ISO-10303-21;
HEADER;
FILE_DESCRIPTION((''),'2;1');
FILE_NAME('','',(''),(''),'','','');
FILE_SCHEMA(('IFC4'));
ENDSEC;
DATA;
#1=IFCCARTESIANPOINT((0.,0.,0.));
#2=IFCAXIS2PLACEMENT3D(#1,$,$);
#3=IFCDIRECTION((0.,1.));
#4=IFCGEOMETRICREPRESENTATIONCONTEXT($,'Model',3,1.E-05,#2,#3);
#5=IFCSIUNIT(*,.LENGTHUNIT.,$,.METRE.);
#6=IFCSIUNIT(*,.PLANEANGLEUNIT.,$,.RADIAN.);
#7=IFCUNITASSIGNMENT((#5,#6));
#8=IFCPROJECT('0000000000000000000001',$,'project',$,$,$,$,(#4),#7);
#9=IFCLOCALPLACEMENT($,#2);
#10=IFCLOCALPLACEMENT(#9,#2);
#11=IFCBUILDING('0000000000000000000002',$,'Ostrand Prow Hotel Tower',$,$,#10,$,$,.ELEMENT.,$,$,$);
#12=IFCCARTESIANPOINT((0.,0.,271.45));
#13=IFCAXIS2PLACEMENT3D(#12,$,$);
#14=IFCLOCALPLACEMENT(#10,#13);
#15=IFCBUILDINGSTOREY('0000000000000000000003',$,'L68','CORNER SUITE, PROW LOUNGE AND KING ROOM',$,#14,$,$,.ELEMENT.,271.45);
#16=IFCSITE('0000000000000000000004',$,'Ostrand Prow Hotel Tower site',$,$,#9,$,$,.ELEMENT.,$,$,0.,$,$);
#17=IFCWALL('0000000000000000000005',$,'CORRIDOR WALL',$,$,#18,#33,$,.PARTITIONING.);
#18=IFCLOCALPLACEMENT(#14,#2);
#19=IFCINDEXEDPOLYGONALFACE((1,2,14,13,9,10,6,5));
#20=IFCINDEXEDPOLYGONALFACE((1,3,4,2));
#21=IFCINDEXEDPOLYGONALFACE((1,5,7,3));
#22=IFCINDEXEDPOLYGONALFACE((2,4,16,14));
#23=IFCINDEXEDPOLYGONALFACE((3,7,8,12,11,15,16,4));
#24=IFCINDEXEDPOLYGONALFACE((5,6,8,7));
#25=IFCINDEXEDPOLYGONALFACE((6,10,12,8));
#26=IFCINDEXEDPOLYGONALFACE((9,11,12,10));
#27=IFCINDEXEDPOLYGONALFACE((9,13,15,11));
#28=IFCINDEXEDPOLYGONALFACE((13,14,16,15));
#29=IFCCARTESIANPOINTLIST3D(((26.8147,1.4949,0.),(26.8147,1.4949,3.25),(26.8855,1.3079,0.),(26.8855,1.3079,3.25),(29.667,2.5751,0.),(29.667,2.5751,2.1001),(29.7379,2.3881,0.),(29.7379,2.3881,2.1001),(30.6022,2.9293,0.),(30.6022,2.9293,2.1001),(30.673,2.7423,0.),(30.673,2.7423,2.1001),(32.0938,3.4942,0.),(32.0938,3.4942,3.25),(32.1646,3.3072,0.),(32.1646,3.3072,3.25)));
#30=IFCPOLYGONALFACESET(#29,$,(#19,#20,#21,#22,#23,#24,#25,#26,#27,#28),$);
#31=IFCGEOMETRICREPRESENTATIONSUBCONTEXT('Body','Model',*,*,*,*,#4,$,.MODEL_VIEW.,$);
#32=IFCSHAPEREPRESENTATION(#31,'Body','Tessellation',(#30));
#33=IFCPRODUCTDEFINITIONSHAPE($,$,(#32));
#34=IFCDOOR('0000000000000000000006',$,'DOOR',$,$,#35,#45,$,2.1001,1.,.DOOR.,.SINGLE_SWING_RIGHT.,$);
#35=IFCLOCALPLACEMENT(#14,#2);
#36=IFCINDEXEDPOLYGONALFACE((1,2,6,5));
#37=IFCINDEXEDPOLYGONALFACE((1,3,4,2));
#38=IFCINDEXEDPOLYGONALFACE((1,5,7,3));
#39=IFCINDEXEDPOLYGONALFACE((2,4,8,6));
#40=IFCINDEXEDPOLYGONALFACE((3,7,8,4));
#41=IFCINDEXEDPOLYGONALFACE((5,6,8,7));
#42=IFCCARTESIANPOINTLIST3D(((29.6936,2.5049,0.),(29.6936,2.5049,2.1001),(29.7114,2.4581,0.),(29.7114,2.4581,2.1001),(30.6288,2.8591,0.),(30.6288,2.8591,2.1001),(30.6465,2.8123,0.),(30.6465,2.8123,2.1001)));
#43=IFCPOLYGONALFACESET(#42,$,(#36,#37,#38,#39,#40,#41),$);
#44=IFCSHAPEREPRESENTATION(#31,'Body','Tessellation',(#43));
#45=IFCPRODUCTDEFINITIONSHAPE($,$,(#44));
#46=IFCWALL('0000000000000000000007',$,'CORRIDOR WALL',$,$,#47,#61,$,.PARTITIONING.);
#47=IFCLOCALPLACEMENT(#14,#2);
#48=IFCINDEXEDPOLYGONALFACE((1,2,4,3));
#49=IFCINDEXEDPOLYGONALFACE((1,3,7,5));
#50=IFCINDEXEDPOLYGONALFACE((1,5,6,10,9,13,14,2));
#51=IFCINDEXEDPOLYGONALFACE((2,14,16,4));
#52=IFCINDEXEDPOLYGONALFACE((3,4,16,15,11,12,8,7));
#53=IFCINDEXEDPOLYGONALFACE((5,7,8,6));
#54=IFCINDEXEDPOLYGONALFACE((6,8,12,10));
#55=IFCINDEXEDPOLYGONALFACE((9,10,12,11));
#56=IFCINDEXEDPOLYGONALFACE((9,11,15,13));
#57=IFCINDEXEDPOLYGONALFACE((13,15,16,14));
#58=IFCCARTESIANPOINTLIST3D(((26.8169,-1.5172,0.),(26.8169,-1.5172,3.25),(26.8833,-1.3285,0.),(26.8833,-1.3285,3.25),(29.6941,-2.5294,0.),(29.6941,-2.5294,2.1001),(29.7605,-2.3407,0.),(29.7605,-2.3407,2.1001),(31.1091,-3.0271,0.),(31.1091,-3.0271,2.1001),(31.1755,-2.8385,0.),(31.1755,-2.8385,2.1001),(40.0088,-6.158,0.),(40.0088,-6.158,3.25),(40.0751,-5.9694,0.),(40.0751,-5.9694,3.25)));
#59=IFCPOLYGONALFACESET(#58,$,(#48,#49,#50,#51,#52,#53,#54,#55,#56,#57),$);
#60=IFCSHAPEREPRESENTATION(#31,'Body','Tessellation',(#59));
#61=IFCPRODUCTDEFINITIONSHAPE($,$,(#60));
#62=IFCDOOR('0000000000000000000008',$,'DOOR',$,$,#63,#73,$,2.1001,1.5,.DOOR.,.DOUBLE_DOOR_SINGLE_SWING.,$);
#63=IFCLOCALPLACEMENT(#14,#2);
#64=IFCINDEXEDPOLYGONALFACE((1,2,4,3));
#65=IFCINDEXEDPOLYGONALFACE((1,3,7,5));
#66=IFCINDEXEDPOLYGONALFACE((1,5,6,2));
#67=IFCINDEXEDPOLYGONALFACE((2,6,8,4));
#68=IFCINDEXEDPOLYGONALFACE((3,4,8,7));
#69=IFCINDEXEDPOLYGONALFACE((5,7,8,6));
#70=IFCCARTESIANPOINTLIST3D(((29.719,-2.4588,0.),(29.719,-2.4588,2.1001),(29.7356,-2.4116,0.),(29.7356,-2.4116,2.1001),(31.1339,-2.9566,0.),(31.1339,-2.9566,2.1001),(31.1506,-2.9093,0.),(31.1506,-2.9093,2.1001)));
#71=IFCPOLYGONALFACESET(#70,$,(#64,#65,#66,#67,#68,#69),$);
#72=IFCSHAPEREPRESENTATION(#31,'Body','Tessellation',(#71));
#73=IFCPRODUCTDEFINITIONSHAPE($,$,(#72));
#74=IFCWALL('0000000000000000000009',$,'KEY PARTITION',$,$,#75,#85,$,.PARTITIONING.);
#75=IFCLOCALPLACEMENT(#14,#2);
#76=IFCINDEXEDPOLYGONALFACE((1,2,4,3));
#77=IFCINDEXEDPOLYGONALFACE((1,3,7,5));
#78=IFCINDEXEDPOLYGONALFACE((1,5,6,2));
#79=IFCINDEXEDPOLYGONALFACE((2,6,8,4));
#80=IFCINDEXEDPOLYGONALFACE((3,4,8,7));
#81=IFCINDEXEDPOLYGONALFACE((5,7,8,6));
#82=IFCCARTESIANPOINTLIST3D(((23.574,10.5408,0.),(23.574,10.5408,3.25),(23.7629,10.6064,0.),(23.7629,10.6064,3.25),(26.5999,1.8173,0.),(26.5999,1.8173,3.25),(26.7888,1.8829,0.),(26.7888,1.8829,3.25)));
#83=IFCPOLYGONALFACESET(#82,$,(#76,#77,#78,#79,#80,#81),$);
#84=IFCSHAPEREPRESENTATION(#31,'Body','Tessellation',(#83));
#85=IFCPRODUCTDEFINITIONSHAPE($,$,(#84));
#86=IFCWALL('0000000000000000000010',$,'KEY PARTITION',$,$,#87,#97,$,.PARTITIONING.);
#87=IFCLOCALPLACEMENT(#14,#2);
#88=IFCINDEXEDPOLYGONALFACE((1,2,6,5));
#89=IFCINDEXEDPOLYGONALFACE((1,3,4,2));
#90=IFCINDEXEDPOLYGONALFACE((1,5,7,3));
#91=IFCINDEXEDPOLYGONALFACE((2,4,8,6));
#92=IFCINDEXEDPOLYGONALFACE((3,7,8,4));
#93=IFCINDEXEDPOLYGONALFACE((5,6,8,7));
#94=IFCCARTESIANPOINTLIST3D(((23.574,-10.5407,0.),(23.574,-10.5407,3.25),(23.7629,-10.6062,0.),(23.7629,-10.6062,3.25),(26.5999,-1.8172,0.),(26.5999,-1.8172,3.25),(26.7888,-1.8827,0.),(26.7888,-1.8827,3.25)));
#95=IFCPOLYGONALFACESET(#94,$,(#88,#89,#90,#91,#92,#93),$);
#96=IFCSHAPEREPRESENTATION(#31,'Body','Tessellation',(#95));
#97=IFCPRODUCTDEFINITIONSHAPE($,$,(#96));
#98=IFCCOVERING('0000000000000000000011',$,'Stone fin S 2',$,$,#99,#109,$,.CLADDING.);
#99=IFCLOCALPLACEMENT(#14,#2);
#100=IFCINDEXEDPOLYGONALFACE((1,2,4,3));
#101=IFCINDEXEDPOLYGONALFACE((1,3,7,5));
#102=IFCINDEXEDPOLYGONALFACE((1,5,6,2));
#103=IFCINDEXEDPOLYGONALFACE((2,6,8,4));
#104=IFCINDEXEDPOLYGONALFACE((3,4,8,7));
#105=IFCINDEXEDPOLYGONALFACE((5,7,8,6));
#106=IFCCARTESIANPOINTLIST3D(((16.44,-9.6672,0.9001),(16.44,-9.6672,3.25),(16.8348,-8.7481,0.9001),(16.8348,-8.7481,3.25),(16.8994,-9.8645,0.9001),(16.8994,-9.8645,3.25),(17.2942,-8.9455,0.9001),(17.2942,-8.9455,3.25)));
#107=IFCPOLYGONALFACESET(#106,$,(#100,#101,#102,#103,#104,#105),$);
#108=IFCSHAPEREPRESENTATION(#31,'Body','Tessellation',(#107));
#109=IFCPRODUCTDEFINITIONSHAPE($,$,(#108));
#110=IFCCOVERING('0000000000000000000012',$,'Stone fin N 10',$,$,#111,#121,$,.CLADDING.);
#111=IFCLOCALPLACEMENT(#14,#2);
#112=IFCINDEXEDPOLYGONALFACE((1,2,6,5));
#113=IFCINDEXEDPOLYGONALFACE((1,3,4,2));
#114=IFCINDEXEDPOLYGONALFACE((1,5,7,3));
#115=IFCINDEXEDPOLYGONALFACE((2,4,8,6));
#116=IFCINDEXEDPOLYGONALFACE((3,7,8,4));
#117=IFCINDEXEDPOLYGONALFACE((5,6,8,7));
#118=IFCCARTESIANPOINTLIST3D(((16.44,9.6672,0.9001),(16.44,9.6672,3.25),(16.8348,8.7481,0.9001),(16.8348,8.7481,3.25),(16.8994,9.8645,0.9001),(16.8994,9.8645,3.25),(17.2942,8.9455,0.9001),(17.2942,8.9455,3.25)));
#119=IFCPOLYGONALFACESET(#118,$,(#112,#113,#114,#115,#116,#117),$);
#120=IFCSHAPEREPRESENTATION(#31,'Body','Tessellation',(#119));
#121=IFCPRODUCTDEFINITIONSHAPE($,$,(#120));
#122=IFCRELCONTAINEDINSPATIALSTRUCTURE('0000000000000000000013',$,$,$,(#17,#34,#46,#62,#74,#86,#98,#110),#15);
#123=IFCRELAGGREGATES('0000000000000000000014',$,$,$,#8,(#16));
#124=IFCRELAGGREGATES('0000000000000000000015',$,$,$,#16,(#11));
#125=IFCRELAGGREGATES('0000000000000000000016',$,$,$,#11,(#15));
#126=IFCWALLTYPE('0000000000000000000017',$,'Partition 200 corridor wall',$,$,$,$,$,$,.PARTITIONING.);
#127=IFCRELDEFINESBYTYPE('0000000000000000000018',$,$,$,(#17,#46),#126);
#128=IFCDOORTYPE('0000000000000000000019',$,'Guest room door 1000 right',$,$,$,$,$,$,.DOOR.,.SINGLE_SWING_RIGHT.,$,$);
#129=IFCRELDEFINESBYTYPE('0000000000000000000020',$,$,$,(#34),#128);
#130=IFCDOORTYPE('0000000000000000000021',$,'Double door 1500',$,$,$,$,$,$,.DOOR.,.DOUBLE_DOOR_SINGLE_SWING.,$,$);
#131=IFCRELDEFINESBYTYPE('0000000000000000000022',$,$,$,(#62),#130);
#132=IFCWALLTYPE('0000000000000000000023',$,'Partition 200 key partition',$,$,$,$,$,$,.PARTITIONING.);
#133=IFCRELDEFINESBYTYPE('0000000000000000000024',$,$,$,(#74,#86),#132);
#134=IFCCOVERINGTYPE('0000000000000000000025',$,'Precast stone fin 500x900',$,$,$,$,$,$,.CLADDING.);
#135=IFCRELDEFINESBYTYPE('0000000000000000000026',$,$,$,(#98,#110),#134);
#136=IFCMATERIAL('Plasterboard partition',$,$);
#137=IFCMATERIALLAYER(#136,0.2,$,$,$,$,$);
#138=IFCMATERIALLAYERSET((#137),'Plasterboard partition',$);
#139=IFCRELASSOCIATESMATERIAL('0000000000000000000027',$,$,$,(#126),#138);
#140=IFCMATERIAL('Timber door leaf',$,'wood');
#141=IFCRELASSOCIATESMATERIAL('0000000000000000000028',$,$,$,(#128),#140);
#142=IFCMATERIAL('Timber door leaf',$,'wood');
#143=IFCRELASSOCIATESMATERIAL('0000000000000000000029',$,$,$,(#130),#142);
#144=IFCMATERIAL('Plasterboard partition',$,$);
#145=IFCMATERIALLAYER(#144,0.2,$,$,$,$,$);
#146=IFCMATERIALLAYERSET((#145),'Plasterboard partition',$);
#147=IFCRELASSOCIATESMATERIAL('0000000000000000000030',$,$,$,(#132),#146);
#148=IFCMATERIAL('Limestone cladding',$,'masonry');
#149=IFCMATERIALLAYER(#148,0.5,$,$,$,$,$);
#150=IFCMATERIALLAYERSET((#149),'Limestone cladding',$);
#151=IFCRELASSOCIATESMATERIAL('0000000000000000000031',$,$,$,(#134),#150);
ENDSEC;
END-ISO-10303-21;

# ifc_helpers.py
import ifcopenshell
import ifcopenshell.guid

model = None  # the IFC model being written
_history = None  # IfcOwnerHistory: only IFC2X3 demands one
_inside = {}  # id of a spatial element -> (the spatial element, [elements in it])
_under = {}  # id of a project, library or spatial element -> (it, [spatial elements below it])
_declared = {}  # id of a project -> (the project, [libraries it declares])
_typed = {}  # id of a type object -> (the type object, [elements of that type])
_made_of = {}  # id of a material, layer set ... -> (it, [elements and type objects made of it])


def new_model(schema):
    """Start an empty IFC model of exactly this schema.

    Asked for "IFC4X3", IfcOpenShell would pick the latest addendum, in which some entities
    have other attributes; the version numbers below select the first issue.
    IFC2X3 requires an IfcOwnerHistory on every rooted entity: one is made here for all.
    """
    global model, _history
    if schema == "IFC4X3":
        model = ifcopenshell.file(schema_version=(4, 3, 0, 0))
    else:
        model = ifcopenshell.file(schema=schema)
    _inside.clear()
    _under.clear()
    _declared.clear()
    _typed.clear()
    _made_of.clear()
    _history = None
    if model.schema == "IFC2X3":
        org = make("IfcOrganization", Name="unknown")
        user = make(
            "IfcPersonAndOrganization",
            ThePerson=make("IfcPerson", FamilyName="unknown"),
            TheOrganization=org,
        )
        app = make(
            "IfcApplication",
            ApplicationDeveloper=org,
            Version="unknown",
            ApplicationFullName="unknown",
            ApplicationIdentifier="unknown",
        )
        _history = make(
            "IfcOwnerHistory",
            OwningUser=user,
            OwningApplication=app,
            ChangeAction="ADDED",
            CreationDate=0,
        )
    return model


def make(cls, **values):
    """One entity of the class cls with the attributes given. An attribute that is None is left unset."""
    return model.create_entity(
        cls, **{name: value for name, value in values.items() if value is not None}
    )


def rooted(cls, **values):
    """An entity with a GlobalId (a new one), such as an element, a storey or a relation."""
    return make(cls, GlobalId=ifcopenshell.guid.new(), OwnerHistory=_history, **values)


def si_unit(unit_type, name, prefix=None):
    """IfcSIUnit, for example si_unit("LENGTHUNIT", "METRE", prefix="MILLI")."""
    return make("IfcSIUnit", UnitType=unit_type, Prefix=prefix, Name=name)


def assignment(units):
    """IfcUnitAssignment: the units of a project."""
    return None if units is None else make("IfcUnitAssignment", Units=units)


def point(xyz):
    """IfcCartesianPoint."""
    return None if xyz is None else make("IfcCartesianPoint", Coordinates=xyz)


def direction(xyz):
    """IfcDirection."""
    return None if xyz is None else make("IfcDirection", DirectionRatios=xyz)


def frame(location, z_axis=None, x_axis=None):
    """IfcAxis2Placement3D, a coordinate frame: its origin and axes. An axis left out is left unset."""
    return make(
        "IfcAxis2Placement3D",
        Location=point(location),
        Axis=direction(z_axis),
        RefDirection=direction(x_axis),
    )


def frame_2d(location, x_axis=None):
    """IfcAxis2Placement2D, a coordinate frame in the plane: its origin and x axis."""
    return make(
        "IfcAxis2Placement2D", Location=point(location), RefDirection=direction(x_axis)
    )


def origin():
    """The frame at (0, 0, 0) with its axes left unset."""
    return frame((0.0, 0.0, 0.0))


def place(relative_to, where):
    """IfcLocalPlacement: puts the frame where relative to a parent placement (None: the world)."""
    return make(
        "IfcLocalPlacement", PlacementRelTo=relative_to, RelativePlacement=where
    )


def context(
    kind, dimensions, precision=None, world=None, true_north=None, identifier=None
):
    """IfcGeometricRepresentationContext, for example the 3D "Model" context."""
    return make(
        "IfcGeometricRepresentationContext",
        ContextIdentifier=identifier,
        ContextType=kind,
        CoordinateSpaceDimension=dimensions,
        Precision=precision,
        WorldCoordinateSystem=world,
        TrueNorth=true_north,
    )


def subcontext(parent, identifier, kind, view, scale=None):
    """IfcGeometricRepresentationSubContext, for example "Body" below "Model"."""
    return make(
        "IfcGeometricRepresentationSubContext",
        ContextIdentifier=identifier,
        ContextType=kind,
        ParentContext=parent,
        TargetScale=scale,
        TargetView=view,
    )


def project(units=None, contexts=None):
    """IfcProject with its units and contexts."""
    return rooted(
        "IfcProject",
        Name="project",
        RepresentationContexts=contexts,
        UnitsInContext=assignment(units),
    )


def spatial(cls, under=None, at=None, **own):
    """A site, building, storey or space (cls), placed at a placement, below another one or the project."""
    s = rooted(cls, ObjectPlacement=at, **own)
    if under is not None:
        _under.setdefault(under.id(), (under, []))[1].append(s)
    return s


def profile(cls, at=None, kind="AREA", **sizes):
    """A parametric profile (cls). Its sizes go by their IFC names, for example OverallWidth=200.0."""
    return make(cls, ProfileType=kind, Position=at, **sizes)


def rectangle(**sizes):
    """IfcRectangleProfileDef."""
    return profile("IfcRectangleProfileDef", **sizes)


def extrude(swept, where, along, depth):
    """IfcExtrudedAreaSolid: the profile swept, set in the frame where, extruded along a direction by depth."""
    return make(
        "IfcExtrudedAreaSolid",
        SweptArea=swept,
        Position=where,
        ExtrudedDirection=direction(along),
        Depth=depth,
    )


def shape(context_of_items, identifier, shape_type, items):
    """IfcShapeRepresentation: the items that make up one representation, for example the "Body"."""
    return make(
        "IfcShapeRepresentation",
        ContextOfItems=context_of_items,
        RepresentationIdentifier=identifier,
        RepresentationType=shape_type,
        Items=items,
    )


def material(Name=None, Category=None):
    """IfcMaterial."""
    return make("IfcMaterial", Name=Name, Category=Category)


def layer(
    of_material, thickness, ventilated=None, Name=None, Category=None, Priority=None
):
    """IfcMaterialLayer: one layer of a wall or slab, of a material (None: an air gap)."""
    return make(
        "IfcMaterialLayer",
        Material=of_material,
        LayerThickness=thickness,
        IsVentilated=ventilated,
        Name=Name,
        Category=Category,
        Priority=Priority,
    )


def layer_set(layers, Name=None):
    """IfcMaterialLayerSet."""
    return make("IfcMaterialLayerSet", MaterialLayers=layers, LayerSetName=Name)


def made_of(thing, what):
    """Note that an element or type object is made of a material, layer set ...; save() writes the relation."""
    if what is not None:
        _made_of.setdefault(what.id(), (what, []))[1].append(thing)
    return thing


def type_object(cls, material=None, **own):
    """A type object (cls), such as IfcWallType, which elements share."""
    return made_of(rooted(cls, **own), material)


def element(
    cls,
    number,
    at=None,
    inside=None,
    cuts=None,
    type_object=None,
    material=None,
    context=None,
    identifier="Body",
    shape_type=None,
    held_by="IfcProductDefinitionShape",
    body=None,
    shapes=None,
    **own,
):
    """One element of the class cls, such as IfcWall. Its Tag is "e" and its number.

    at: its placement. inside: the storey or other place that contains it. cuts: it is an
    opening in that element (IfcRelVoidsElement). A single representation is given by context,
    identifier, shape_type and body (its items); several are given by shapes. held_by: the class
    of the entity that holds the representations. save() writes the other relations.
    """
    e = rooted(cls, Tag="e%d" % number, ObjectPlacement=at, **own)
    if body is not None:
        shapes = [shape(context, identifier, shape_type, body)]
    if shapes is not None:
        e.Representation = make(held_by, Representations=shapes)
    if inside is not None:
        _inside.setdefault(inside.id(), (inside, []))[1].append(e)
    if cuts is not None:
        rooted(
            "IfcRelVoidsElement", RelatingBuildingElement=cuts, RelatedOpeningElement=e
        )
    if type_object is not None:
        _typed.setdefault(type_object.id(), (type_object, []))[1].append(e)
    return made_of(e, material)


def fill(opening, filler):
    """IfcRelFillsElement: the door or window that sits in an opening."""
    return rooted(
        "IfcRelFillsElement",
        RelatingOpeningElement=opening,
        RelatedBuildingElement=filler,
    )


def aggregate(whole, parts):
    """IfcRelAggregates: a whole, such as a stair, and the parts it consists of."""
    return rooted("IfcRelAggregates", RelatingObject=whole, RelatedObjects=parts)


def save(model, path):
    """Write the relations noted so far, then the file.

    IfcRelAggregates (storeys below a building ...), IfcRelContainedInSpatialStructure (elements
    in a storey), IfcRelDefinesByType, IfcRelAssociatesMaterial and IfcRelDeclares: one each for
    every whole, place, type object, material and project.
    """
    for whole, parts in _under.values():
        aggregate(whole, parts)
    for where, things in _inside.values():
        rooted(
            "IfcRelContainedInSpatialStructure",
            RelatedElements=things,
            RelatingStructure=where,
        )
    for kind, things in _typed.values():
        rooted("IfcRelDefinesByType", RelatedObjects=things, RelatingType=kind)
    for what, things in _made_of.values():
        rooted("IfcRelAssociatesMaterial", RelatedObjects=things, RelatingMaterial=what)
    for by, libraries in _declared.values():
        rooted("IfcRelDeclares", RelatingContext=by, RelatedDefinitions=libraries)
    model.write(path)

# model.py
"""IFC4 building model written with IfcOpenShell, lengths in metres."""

from ifc_helpers import new_model, si_unit, direction, frame, frame_2d, origin, place, context, subcontext, project, spatial, rectangle, extrude, material, layer, layer_set, type_object, element, fill, save


model = new_model("IFC4")

# Units and contexts
model_context = context("Model", 3, precision=1e-05, world=origin(), true_north=direction((0.0, 1.0)))
body_context = subcontext(model_context, "Body", "Model", "MODEL_VIEW")
ifc_project = project(units=[si_unit("LENGTHUNIT", "METRE"), si_unit("PLANEANGLEUNIT", "RADIAN")], contexts=[model_context])

# Site, building, storey
site_placement = place(None, origin())
site = spatial("IfcSite", under=ifc_project, at=site_placement, Name="Ostrand Prow Hotel Tower site", CompositionType="ELEMENT", RefElevation=0.0)
building_placement = place(site_placement, origin())
building = spatial("IfcBuilding", under=site, at=building_placement, Name="Ostrand Prow Hotel Tower", CompositionType="ELEMENT")
storey_placement = place(building_placement, frame((0.0, 0.0, 271.45)))
storey = spatial("IfcBuildingStorey", under=building, at=storey_placement, Name="L68", Description="CORNER SUITE, PROW LOUNGE AND KING ROOM", CompositionType="ELEMENT", Elevation=271.45)

# Walls, openings, doors
ifc_material_1 = material(Name="Plasterboard partition")
ifc_layer_1 = layer(ifc_material_1, 0.2)
ifc_layer_set_1 = layer_set([ifc_layer_1], Name="Plasterboard partition")
wall_type_1 = type_object("IfcWallType", Name="Partition 200 corridor wall", PredefinedType="PARTITIONING", material=ifc_layer_set_1)
wall_1_placement = place(storey_placement, frame((26.8501, 1.4014, 0.0), z_axis=(0.0, 0.0, 1.0), x_axis=(0.935181, 0.354169, 0.0)))
wall_1 = element("IfcWall", 1, at=wall_1_placement, inside=storey, type_object=wall_type_1, Name="CORRIDOR WALL", PredefinedType="PARTITIONING", context=body_context, shape_type="SweptSolid", body=[
    extrude(rectangle(XDim=5.645, YDim=0.2, at=frame_2d((2.8225, 0.0))), origin(), (0.0, 0.0, 1.0), 3.25),
])
opening_1_placement = place(wall_1_placement, frame((3.05, 0.0, 0.0)))
opening_1 = element("IfcOpeningElement", 2, at=opening_1_placement, cuts=wall_1, PredefinedType="OPENING", context=body_context, shape_type="SweptSolid", body=[
    extrude(rectangle(XDim=1.0, YDim=2.1001, at=frame_2d((0.5, 1.05))), frame((0.0, 0.1099, 0.0), z_axis=(0.0, -1.0, 0.0), x_axis=(1.0, 0.0, 0.0)), (0.0, 0.0, 1.0), 0.22),
])
ifc_material_2 = material(Name="Timber door leaf", Category="wood")
door_type_1 = type_object("IfcDoorType", Name="Guest room door 1000 right", OperationType="SINGLE_SWING_RIGHT", PredefinedType="DOOR", material=ifc_material_2)
door_1_placement = place(opening_1_placement, origin())
door_1 = element("IfcDoor", 3, at=door_1_placement, inside=storey, type_object=door_type_1, Name="DOOR", OperationType="SINGLE_SWING_RIGHT", OverallHeight=2.1001, OverallWidth=1.0, PredefinedType="DOOR", context=body_context, shape_type="SweptSolid", body=[
    extrude(rectangle(XDim=1.0, YDim=2.1001, at=frame_2d((0.5, 1.05))), frame((0.0, 0.0249, 0.0), z_axis=(0.0, -1.0, 0.0), x_axis=(1.0, 0.0, 0.0)), (0.0, 0.0, 1.0), 0.05),
])
fill(opening_1, door_1)
wall_2_placement = place(storey_placement, frame((26.8501, -1.4229, 0.0), z_axis=(0.0, 0.0, 1.0), x_axis=(0.943329, -0.33186, 0.0)))
wall_2 = element("IfcWall", 4, at=wall_2_placement, inside=storey, type_object=wall_type_1, Name="CORRIDOR WALL", PredefinedType="PARTITIONING", context=body_context, shape_type="SweptSolid", body=[
    extrude(rectangle(XDim=13.9844, YDim=0.2, at=frame_2d((6.9922, 0.0))), origin(), (0.0, 0.0, 1.0), 3.25),
])
opening_2_placement = place(wall_2_placement, frame((3.05, 0.0, 0.0)))
opening_2 = element("IfcOpeningElement", 5, at=opening_2_placement, cuts=wall_2, PredefinedType="OPENING", context=body_context, shape_type="SweptSolid", body=[
    extrude(rectangle(XDim=1.5, YDim=2.1001, at=frame_2d((0.75, 1.05))), frame((0.0, 0.1099, 0.0), z_axis=(0.0, -1.0, 0.0), x_axis=(1.0, 0.0, 0.0)), (0.0, 0.0, 1.0), 0.22),
])
ifc_material_3 = material(Name="Timber door leaf", Category="wood")
door_type_2 = type_object("IfcDoorType", Name="Double door 1500", OperationType="DOUBLE_DOOR_SINGLE_SWING", PredefinedType="DOOR", material=ifc_material_3)
door_2_placement = place(opening_2_placement, origin())
door_2 = element("IfcDoor", 6, at=door_2_placement, inside=storey, type_object=door_type_2, Name="DOOR", OperationType="DOUBLE_DOOR_SINGLE_SWING", OverallHeight=2.1001, OverallWidth=1.5, PredefinedType="DOOR", context=body_context, shape_type="SweptSolid", body=[
    extrude(rectangle(XDim=1.5, YDim=2.1001, at=frame_2d((0.75, 1.05))), frame((0.0, 0.0249, 0.0), z_axis=(0.0, -1.0, 0.0), x_axis=(1.0, 0.0, 0.0)), (0.0, 0.0, 1.0), 0.05),
])
fill(opening_2, door_2)

# Walls
ifc_material_4 = material(Name="Plasterboard partition")
ifc_layer_2 = layer(ifc_material_4, 0.2)
ifc_layer_set_2 = layer_set([ifc_layer_2], Name="Plasterboard partition")
wall_type_2 = type_object("IfcWallType", Name="Partition 200 key partition", PredefinedType="PARTITIONING", material=ifc_layer_set_2)
for number, where, z_axis, x_axis, name in (
    (7, (26.6943, 1.8501, 0.0), (0.0, 0.0, 1.0), (-0.327714, 0.944777, 0.0), "KEY PARTITION"),
    (8, (23.6685, -10.5735, 0.0), (0.0, 0.0, 1.0), (0.327714, 0.944777, 0.0), "KEY PARTITION"),
):
    element("IfcWall", number, at=place(storey_placement, frame(where, z_axis=z_axis, x_axis=x_axis)), inside=storey, type_object=wall_type_2, Name=name, PredefinedType="PARTITIONING", context=body_context, shape_type="SweptSolid", body=[
        extrude(rectangle(XDim=9.2334, YDim=0.2, at=frame_2d((4.6167, 0.0))), origin(), (0.0, 0.0, 1.0), 3.25),
    ])

# Coverings
ifc_material_5 = material(Name="Limestone cladding", Category="masonry")
ifc_layer_3 = layer(ifc_material_5, 0.5)
ifc_layer_set_3 = layer_set([ifc_layer_3], Name="Limestone cladding")
covering_type = type_object("IfcCoveringType", Name="Precast stone fin 500x900", PredefinedType="CLADDING", material=ifc_layer_set_3)
for number, where, z_axis, x_axis, name in (
    (9, (17.0645, -8.8469, 0.9001), (0.0, 0.0, 1.0), (-0.394715, -0.918804, 0.0), "Stone fin S 2"),
    (10, (17.0645, 8.8469, 0.9001), (0.0, 0.0, 1.0), (-0.394715, 0.918804, 0.0), "Stone fin N 10"),
):
    element("IfcCovering", number, at=place(storey_placement, frame(where, z_axis=z_axis, x_axis=x_axis)), inside=storey, type_object=covering_type, Name=name, PredefinedType="CLADDING", context=body_context, shape_type="SweptSolid", body=[
        extrude(rectangle(XDim=1.0002, YDim=0.5, at=frame_2d((0.5, 0.0))), origin(), (0.0, 0.0, 1.0), 2.3499),
    ])

save(model, "model.ifc")
